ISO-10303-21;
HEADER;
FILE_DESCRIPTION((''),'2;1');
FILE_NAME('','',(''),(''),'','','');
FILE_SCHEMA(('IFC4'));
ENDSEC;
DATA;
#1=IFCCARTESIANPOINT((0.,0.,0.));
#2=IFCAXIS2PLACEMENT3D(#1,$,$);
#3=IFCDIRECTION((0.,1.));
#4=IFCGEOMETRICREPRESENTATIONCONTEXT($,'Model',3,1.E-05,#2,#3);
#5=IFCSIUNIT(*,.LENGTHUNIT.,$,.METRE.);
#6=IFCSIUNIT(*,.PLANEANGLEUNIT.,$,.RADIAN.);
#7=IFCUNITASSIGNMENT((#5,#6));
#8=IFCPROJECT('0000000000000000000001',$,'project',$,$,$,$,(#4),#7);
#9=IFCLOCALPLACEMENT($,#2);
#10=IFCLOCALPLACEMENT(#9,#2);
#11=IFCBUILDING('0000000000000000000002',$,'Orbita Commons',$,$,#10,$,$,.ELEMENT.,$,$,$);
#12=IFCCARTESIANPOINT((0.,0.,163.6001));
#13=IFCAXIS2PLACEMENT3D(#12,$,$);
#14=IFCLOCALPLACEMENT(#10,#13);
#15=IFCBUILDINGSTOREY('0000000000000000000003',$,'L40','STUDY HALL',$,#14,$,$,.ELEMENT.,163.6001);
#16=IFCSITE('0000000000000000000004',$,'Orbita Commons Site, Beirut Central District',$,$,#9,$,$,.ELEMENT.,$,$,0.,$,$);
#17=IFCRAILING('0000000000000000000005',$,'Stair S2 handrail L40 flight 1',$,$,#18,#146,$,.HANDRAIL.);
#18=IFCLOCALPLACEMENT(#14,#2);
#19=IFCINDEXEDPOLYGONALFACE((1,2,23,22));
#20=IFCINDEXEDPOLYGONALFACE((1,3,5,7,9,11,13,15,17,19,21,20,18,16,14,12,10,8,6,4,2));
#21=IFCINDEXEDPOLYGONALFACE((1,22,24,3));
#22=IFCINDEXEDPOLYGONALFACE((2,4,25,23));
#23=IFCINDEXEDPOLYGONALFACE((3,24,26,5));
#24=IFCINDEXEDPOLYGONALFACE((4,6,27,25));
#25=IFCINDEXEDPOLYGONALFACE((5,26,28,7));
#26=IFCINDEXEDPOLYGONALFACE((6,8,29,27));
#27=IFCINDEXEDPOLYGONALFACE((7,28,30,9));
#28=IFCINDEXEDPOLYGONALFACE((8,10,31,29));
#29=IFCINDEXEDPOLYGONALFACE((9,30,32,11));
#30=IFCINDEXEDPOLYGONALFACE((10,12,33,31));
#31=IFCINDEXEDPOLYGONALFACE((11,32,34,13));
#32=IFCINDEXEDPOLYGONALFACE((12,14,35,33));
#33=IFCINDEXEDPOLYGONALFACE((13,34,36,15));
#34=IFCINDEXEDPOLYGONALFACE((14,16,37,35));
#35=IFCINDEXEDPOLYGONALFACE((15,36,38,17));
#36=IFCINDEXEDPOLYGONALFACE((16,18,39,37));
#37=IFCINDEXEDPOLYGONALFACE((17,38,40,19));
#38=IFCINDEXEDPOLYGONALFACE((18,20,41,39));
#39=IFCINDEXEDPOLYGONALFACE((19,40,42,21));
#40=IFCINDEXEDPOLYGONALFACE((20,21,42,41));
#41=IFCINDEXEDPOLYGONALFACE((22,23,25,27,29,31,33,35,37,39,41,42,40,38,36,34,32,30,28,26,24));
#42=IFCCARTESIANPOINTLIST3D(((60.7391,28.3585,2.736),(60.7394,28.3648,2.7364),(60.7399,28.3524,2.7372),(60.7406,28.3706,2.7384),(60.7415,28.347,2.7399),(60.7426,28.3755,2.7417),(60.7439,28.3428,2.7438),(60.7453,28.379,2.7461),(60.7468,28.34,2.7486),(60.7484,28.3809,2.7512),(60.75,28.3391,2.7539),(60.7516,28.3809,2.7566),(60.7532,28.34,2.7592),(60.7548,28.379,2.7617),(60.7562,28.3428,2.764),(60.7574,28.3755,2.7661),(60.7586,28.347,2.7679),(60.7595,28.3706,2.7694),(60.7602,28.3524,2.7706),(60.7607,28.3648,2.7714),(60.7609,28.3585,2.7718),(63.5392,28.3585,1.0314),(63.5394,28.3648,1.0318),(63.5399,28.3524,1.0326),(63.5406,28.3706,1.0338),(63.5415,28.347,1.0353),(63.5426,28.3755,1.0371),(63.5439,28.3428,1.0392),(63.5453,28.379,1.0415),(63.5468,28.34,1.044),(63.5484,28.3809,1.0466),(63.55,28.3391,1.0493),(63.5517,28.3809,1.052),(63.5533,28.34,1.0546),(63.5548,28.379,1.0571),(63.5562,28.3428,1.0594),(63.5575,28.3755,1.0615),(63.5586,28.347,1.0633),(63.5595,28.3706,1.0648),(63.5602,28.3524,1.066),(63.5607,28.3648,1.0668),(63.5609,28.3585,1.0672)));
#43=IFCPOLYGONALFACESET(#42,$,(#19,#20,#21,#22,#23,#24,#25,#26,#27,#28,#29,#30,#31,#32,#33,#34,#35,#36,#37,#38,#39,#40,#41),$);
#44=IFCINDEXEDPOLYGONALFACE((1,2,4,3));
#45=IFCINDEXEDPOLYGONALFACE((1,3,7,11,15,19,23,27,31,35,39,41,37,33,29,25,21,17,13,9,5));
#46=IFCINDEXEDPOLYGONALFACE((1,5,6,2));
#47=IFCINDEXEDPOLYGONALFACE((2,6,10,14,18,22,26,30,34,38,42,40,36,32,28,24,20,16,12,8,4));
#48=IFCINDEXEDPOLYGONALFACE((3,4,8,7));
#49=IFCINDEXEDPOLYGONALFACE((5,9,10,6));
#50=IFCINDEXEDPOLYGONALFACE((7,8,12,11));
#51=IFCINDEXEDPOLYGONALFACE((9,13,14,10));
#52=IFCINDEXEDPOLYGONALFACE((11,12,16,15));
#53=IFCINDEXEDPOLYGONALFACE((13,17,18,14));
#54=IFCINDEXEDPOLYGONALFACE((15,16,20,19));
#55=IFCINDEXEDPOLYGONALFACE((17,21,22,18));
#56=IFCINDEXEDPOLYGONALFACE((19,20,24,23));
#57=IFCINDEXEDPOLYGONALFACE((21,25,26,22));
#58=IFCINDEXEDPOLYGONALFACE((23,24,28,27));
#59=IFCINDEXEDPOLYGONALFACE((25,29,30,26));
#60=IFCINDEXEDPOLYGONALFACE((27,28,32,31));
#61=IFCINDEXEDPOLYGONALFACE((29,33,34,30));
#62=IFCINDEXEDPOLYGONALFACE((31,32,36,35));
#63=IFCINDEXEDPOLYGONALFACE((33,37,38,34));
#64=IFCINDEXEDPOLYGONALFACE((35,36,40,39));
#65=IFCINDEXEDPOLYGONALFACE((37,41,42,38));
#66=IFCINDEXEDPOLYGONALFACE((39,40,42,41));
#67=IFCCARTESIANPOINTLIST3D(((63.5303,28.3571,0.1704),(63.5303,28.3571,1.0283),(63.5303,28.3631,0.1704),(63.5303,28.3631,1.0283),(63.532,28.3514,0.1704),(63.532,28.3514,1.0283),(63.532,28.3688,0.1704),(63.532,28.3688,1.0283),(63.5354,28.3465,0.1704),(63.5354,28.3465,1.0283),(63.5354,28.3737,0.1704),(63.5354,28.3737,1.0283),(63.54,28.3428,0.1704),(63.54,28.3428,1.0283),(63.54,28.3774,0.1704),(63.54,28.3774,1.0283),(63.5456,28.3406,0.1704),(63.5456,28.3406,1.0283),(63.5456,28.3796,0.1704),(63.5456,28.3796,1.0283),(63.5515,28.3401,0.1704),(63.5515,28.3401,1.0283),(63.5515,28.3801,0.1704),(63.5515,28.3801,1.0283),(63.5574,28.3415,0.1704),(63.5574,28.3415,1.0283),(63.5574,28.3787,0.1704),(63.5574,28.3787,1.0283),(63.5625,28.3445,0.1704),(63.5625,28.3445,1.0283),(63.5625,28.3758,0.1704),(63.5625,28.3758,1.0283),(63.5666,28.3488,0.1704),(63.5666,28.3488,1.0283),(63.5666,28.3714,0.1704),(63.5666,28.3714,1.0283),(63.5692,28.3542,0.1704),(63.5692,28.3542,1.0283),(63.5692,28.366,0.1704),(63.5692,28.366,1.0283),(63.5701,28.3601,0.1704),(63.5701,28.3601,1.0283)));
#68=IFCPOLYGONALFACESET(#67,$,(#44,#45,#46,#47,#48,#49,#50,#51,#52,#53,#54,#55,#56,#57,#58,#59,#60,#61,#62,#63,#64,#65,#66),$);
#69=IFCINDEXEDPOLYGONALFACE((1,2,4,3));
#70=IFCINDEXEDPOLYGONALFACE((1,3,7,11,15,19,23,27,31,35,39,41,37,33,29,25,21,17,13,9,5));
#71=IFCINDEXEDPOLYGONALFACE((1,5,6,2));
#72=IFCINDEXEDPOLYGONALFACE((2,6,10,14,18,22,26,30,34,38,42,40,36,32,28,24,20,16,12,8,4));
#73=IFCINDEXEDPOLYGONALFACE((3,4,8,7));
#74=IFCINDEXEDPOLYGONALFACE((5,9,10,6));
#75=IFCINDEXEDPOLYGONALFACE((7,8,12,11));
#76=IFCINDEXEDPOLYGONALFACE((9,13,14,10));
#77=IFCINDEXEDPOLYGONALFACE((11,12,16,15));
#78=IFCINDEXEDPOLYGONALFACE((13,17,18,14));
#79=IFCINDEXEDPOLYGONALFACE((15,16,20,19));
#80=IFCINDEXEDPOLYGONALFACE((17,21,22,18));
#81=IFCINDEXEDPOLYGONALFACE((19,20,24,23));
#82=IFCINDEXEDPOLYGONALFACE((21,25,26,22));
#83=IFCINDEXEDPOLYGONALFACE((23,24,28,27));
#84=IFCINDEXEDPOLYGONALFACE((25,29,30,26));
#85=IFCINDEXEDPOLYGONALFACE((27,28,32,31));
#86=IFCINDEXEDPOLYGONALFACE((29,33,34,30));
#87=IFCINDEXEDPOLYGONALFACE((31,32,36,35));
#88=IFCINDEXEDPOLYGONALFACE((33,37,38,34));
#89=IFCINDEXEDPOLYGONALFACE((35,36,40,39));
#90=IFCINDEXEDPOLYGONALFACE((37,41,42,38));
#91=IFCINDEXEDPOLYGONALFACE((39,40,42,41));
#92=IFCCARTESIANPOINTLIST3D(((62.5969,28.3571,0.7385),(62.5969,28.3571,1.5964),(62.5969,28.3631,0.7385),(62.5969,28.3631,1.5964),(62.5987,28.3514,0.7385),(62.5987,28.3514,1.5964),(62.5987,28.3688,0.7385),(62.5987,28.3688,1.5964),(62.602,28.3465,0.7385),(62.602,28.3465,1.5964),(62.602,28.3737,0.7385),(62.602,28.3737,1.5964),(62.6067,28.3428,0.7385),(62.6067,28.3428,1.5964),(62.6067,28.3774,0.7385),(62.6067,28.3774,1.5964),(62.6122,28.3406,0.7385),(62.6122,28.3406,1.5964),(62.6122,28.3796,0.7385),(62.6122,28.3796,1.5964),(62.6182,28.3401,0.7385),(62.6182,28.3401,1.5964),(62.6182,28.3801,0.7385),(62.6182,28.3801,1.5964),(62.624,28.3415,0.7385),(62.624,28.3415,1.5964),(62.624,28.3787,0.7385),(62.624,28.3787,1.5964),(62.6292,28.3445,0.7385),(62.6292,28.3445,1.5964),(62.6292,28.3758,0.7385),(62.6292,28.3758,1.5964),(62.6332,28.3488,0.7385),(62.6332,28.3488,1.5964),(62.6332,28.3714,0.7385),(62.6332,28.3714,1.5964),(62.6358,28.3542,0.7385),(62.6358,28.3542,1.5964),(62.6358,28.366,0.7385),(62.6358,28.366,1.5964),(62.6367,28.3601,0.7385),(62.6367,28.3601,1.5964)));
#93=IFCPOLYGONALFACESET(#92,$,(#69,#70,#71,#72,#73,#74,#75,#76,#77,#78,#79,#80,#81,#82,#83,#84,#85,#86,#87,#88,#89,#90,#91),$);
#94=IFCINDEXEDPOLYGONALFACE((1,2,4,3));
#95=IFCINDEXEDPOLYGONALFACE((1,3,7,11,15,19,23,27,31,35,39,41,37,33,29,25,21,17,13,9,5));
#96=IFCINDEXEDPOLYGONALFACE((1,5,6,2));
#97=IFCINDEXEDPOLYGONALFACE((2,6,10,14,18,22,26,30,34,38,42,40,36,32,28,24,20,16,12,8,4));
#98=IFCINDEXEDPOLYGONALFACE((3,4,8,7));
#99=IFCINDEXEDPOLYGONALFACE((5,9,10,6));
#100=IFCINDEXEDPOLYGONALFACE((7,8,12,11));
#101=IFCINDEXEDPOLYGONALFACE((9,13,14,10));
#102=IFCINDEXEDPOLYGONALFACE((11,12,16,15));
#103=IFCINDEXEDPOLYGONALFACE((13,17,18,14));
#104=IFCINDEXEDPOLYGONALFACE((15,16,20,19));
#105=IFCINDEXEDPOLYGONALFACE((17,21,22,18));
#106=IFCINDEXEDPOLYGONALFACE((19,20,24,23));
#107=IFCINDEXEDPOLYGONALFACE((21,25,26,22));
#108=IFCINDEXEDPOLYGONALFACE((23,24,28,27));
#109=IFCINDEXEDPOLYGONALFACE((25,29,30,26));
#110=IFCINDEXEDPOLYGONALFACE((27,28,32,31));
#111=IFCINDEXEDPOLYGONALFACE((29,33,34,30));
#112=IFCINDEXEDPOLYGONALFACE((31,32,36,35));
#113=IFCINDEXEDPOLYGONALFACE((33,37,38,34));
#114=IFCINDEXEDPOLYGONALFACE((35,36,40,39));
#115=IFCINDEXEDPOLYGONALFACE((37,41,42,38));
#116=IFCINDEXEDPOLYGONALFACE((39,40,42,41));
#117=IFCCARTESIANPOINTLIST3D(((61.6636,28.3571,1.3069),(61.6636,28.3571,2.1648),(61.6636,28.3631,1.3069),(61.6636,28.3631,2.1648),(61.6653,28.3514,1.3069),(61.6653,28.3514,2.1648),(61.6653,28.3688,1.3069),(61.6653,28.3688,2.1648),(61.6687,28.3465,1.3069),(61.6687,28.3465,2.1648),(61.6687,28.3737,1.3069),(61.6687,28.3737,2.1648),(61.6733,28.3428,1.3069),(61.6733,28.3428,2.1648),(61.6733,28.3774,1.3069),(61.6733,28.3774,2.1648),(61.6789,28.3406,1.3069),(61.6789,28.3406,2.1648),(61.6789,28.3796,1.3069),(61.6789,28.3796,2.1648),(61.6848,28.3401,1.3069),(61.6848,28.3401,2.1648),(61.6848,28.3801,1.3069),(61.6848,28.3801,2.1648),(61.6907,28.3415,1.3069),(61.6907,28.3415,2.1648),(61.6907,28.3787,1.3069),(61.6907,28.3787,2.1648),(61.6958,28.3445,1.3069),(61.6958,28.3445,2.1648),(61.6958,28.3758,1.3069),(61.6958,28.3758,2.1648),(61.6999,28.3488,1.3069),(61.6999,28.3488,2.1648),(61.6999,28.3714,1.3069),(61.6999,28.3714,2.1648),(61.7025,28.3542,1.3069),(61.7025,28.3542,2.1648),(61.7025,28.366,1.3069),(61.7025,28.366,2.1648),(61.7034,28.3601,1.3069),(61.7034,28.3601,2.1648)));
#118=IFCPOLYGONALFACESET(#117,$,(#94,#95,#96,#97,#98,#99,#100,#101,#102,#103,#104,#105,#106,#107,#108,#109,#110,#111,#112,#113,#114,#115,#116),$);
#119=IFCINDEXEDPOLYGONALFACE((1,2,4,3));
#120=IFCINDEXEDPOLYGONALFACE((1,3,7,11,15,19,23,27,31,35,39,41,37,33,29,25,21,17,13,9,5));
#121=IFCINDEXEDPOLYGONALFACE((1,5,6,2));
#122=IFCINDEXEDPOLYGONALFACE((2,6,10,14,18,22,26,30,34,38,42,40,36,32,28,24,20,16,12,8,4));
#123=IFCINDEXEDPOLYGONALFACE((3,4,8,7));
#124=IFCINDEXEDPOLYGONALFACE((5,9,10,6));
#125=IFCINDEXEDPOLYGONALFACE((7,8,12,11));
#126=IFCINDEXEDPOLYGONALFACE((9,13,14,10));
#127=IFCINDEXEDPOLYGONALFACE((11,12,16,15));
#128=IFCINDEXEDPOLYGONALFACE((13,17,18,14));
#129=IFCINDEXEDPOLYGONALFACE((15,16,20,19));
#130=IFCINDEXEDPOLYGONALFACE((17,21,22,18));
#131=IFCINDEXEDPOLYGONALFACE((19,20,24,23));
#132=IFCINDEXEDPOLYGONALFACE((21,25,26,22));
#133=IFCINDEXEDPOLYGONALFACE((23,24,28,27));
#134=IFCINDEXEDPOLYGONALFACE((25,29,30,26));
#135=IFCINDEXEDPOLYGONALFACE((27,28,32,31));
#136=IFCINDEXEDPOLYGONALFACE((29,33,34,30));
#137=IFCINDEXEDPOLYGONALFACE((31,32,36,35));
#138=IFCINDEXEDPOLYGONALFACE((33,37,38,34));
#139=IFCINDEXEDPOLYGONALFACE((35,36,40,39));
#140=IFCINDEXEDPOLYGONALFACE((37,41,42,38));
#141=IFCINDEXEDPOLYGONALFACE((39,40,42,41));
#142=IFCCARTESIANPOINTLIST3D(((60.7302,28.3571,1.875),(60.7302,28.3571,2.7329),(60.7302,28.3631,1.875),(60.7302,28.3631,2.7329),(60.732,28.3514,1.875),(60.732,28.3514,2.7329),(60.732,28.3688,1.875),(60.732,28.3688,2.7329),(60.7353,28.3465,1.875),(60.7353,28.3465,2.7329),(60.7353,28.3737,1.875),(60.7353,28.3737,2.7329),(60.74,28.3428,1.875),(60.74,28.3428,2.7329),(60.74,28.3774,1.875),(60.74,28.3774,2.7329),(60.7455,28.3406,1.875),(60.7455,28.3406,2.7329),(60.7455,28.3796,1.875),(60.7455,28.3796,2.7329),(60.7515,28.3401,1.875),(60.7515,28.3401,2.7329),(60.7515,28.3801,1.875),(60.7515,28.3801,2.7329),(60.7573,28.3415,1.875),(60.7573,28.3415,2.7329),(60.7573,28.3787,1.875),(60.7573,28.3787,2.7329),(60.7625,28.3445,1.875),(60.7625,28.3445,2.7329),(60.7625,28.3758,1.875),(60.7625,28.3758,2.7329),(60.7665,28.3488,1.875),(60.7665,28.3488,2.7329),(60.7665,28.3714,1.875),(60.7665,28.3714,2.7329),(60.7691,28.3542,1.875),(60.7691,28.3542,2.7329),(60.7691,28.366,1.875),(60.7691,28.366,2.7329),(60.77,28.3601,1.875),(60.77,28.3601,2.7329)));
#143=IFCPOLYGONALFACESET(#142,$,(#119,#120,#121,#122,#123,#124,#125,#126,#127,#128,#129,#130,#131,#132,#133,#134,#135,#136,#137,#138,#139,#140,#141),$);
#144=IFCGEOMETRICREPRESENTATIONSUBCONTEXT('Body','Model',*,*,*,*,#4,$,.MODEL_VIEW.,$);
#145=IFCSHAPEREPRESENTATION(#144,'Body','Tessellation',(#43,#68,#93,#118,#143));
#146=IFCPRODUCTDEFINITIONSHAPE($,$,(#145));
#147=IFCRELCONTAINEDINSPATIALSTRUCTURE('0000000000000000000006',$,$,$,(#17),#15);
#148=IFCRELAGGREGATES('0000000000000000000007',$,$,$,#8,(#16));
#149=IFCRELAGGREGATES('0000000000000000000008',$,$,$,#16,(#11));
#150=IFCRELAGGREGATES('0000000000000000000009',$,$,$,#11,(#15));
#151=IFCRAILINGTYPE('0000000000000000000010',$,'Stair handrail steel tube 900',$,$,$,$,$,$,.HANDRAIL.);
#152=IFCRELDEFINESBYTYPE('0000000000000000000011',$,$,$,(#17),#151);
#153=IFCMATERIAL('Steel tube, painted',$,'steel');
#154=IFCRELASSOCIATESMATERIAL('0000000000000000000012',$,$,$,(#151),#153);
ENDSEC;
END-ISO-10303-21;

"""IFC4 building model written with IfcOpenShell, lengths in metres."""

from ifc_helpers import new_model, si_unit, direction, frame, origin, origin_2d, place, context, subcontext, project, spatial, circle, extrude, material, type_object, element, save


model = new_model("IFC4")

# Units and contexts
model_context = context("Model", 3, precision=1e-05, world=origin(), true_north=direction((0.0, 1.0)))
body_context = subcontext(model_context, "Body", "Model", "MODEL_VIEW")
ifc_project = project(units=[si_unit("LENGTHUNIT", "METRE"), si_unit("PLANEANGLEUNIT", "RADIAN")], contexts=[model_context])

# Site, building, storey
site_placement = place(None, origin())
site = spatial("IfcSite", under=ifc_project, at=site_placement, Name="Orbita Commons Site, Beirut Central District", CompositionType="ELEMENT", RefElevation=0.0)
building_placement = place(site_placement, origin())
building = spatial("IfcBuilding", under=site, at=building_placement, Name="Orbita Commons", CompositionType="ELEMENT")
storey_placement = place(building_placement, frame((0.0, 0.0, 163.6001)))
storey = spatial("IfcBuildingStorey", under=building, at=storey_placement, Name="L40", Description="STUDY HALL", CompositionType="ELEMENT", Elevation=163.6001)

# Railing
ifc_material_1 = material(Name="Steel tube, painted", Category="steel")
railing_type = type_object("IfcRailingType", Name="Stair handrail steel tube 900", PredefinedType="HANDRAIL", material=ifc_material_1)
for number, where, name in (
    (1, (63.55, 28.3601, 0.1704), "Stair S2 handrail L40 flight 1"),
):
    element("IfcRailing", number, at=place(storey_placement, frame(where)), inside=storey, type_object=railing_type, Name=name, PredefinedType="HANDRAIL", context=body_context, shape_type="SweptSolid", body=[
        extrude(circle(Radius=0.021, at=origin_2d()), frame((0.0, 0.0, 0.8789), z_axis=(-0.85417, 0.0, 0.519994), x_axis=(0.0, -1.0, 0.0)), (0.0, 0.0, 1.0), 3.2781),
        extrude(circle(Radius=0.02, at=origin_2d()), origin(), (0.0, 0.0, 1.0), 0.8579),
        extrude(circle(Radius=0.02, at=origin_2d()), frame((-0.9333, 0.0, 0.5681)), (0.0, 0.0, 1.0), 0.8579),
        extrude(circle(Radius=0.02, at=origin_2d()), frame((-1.8667, 0.0, 1.1365)), (0.0, 0.0, 1.0), 0.8579),
        extrude(circle(Radius=0.02, at=origin_2d()), frame((-2.8, 0.0, 1.7046)), (0.0, 0.0, 1.0), 0.8579),
    ])

save(model, "model.ifc")
